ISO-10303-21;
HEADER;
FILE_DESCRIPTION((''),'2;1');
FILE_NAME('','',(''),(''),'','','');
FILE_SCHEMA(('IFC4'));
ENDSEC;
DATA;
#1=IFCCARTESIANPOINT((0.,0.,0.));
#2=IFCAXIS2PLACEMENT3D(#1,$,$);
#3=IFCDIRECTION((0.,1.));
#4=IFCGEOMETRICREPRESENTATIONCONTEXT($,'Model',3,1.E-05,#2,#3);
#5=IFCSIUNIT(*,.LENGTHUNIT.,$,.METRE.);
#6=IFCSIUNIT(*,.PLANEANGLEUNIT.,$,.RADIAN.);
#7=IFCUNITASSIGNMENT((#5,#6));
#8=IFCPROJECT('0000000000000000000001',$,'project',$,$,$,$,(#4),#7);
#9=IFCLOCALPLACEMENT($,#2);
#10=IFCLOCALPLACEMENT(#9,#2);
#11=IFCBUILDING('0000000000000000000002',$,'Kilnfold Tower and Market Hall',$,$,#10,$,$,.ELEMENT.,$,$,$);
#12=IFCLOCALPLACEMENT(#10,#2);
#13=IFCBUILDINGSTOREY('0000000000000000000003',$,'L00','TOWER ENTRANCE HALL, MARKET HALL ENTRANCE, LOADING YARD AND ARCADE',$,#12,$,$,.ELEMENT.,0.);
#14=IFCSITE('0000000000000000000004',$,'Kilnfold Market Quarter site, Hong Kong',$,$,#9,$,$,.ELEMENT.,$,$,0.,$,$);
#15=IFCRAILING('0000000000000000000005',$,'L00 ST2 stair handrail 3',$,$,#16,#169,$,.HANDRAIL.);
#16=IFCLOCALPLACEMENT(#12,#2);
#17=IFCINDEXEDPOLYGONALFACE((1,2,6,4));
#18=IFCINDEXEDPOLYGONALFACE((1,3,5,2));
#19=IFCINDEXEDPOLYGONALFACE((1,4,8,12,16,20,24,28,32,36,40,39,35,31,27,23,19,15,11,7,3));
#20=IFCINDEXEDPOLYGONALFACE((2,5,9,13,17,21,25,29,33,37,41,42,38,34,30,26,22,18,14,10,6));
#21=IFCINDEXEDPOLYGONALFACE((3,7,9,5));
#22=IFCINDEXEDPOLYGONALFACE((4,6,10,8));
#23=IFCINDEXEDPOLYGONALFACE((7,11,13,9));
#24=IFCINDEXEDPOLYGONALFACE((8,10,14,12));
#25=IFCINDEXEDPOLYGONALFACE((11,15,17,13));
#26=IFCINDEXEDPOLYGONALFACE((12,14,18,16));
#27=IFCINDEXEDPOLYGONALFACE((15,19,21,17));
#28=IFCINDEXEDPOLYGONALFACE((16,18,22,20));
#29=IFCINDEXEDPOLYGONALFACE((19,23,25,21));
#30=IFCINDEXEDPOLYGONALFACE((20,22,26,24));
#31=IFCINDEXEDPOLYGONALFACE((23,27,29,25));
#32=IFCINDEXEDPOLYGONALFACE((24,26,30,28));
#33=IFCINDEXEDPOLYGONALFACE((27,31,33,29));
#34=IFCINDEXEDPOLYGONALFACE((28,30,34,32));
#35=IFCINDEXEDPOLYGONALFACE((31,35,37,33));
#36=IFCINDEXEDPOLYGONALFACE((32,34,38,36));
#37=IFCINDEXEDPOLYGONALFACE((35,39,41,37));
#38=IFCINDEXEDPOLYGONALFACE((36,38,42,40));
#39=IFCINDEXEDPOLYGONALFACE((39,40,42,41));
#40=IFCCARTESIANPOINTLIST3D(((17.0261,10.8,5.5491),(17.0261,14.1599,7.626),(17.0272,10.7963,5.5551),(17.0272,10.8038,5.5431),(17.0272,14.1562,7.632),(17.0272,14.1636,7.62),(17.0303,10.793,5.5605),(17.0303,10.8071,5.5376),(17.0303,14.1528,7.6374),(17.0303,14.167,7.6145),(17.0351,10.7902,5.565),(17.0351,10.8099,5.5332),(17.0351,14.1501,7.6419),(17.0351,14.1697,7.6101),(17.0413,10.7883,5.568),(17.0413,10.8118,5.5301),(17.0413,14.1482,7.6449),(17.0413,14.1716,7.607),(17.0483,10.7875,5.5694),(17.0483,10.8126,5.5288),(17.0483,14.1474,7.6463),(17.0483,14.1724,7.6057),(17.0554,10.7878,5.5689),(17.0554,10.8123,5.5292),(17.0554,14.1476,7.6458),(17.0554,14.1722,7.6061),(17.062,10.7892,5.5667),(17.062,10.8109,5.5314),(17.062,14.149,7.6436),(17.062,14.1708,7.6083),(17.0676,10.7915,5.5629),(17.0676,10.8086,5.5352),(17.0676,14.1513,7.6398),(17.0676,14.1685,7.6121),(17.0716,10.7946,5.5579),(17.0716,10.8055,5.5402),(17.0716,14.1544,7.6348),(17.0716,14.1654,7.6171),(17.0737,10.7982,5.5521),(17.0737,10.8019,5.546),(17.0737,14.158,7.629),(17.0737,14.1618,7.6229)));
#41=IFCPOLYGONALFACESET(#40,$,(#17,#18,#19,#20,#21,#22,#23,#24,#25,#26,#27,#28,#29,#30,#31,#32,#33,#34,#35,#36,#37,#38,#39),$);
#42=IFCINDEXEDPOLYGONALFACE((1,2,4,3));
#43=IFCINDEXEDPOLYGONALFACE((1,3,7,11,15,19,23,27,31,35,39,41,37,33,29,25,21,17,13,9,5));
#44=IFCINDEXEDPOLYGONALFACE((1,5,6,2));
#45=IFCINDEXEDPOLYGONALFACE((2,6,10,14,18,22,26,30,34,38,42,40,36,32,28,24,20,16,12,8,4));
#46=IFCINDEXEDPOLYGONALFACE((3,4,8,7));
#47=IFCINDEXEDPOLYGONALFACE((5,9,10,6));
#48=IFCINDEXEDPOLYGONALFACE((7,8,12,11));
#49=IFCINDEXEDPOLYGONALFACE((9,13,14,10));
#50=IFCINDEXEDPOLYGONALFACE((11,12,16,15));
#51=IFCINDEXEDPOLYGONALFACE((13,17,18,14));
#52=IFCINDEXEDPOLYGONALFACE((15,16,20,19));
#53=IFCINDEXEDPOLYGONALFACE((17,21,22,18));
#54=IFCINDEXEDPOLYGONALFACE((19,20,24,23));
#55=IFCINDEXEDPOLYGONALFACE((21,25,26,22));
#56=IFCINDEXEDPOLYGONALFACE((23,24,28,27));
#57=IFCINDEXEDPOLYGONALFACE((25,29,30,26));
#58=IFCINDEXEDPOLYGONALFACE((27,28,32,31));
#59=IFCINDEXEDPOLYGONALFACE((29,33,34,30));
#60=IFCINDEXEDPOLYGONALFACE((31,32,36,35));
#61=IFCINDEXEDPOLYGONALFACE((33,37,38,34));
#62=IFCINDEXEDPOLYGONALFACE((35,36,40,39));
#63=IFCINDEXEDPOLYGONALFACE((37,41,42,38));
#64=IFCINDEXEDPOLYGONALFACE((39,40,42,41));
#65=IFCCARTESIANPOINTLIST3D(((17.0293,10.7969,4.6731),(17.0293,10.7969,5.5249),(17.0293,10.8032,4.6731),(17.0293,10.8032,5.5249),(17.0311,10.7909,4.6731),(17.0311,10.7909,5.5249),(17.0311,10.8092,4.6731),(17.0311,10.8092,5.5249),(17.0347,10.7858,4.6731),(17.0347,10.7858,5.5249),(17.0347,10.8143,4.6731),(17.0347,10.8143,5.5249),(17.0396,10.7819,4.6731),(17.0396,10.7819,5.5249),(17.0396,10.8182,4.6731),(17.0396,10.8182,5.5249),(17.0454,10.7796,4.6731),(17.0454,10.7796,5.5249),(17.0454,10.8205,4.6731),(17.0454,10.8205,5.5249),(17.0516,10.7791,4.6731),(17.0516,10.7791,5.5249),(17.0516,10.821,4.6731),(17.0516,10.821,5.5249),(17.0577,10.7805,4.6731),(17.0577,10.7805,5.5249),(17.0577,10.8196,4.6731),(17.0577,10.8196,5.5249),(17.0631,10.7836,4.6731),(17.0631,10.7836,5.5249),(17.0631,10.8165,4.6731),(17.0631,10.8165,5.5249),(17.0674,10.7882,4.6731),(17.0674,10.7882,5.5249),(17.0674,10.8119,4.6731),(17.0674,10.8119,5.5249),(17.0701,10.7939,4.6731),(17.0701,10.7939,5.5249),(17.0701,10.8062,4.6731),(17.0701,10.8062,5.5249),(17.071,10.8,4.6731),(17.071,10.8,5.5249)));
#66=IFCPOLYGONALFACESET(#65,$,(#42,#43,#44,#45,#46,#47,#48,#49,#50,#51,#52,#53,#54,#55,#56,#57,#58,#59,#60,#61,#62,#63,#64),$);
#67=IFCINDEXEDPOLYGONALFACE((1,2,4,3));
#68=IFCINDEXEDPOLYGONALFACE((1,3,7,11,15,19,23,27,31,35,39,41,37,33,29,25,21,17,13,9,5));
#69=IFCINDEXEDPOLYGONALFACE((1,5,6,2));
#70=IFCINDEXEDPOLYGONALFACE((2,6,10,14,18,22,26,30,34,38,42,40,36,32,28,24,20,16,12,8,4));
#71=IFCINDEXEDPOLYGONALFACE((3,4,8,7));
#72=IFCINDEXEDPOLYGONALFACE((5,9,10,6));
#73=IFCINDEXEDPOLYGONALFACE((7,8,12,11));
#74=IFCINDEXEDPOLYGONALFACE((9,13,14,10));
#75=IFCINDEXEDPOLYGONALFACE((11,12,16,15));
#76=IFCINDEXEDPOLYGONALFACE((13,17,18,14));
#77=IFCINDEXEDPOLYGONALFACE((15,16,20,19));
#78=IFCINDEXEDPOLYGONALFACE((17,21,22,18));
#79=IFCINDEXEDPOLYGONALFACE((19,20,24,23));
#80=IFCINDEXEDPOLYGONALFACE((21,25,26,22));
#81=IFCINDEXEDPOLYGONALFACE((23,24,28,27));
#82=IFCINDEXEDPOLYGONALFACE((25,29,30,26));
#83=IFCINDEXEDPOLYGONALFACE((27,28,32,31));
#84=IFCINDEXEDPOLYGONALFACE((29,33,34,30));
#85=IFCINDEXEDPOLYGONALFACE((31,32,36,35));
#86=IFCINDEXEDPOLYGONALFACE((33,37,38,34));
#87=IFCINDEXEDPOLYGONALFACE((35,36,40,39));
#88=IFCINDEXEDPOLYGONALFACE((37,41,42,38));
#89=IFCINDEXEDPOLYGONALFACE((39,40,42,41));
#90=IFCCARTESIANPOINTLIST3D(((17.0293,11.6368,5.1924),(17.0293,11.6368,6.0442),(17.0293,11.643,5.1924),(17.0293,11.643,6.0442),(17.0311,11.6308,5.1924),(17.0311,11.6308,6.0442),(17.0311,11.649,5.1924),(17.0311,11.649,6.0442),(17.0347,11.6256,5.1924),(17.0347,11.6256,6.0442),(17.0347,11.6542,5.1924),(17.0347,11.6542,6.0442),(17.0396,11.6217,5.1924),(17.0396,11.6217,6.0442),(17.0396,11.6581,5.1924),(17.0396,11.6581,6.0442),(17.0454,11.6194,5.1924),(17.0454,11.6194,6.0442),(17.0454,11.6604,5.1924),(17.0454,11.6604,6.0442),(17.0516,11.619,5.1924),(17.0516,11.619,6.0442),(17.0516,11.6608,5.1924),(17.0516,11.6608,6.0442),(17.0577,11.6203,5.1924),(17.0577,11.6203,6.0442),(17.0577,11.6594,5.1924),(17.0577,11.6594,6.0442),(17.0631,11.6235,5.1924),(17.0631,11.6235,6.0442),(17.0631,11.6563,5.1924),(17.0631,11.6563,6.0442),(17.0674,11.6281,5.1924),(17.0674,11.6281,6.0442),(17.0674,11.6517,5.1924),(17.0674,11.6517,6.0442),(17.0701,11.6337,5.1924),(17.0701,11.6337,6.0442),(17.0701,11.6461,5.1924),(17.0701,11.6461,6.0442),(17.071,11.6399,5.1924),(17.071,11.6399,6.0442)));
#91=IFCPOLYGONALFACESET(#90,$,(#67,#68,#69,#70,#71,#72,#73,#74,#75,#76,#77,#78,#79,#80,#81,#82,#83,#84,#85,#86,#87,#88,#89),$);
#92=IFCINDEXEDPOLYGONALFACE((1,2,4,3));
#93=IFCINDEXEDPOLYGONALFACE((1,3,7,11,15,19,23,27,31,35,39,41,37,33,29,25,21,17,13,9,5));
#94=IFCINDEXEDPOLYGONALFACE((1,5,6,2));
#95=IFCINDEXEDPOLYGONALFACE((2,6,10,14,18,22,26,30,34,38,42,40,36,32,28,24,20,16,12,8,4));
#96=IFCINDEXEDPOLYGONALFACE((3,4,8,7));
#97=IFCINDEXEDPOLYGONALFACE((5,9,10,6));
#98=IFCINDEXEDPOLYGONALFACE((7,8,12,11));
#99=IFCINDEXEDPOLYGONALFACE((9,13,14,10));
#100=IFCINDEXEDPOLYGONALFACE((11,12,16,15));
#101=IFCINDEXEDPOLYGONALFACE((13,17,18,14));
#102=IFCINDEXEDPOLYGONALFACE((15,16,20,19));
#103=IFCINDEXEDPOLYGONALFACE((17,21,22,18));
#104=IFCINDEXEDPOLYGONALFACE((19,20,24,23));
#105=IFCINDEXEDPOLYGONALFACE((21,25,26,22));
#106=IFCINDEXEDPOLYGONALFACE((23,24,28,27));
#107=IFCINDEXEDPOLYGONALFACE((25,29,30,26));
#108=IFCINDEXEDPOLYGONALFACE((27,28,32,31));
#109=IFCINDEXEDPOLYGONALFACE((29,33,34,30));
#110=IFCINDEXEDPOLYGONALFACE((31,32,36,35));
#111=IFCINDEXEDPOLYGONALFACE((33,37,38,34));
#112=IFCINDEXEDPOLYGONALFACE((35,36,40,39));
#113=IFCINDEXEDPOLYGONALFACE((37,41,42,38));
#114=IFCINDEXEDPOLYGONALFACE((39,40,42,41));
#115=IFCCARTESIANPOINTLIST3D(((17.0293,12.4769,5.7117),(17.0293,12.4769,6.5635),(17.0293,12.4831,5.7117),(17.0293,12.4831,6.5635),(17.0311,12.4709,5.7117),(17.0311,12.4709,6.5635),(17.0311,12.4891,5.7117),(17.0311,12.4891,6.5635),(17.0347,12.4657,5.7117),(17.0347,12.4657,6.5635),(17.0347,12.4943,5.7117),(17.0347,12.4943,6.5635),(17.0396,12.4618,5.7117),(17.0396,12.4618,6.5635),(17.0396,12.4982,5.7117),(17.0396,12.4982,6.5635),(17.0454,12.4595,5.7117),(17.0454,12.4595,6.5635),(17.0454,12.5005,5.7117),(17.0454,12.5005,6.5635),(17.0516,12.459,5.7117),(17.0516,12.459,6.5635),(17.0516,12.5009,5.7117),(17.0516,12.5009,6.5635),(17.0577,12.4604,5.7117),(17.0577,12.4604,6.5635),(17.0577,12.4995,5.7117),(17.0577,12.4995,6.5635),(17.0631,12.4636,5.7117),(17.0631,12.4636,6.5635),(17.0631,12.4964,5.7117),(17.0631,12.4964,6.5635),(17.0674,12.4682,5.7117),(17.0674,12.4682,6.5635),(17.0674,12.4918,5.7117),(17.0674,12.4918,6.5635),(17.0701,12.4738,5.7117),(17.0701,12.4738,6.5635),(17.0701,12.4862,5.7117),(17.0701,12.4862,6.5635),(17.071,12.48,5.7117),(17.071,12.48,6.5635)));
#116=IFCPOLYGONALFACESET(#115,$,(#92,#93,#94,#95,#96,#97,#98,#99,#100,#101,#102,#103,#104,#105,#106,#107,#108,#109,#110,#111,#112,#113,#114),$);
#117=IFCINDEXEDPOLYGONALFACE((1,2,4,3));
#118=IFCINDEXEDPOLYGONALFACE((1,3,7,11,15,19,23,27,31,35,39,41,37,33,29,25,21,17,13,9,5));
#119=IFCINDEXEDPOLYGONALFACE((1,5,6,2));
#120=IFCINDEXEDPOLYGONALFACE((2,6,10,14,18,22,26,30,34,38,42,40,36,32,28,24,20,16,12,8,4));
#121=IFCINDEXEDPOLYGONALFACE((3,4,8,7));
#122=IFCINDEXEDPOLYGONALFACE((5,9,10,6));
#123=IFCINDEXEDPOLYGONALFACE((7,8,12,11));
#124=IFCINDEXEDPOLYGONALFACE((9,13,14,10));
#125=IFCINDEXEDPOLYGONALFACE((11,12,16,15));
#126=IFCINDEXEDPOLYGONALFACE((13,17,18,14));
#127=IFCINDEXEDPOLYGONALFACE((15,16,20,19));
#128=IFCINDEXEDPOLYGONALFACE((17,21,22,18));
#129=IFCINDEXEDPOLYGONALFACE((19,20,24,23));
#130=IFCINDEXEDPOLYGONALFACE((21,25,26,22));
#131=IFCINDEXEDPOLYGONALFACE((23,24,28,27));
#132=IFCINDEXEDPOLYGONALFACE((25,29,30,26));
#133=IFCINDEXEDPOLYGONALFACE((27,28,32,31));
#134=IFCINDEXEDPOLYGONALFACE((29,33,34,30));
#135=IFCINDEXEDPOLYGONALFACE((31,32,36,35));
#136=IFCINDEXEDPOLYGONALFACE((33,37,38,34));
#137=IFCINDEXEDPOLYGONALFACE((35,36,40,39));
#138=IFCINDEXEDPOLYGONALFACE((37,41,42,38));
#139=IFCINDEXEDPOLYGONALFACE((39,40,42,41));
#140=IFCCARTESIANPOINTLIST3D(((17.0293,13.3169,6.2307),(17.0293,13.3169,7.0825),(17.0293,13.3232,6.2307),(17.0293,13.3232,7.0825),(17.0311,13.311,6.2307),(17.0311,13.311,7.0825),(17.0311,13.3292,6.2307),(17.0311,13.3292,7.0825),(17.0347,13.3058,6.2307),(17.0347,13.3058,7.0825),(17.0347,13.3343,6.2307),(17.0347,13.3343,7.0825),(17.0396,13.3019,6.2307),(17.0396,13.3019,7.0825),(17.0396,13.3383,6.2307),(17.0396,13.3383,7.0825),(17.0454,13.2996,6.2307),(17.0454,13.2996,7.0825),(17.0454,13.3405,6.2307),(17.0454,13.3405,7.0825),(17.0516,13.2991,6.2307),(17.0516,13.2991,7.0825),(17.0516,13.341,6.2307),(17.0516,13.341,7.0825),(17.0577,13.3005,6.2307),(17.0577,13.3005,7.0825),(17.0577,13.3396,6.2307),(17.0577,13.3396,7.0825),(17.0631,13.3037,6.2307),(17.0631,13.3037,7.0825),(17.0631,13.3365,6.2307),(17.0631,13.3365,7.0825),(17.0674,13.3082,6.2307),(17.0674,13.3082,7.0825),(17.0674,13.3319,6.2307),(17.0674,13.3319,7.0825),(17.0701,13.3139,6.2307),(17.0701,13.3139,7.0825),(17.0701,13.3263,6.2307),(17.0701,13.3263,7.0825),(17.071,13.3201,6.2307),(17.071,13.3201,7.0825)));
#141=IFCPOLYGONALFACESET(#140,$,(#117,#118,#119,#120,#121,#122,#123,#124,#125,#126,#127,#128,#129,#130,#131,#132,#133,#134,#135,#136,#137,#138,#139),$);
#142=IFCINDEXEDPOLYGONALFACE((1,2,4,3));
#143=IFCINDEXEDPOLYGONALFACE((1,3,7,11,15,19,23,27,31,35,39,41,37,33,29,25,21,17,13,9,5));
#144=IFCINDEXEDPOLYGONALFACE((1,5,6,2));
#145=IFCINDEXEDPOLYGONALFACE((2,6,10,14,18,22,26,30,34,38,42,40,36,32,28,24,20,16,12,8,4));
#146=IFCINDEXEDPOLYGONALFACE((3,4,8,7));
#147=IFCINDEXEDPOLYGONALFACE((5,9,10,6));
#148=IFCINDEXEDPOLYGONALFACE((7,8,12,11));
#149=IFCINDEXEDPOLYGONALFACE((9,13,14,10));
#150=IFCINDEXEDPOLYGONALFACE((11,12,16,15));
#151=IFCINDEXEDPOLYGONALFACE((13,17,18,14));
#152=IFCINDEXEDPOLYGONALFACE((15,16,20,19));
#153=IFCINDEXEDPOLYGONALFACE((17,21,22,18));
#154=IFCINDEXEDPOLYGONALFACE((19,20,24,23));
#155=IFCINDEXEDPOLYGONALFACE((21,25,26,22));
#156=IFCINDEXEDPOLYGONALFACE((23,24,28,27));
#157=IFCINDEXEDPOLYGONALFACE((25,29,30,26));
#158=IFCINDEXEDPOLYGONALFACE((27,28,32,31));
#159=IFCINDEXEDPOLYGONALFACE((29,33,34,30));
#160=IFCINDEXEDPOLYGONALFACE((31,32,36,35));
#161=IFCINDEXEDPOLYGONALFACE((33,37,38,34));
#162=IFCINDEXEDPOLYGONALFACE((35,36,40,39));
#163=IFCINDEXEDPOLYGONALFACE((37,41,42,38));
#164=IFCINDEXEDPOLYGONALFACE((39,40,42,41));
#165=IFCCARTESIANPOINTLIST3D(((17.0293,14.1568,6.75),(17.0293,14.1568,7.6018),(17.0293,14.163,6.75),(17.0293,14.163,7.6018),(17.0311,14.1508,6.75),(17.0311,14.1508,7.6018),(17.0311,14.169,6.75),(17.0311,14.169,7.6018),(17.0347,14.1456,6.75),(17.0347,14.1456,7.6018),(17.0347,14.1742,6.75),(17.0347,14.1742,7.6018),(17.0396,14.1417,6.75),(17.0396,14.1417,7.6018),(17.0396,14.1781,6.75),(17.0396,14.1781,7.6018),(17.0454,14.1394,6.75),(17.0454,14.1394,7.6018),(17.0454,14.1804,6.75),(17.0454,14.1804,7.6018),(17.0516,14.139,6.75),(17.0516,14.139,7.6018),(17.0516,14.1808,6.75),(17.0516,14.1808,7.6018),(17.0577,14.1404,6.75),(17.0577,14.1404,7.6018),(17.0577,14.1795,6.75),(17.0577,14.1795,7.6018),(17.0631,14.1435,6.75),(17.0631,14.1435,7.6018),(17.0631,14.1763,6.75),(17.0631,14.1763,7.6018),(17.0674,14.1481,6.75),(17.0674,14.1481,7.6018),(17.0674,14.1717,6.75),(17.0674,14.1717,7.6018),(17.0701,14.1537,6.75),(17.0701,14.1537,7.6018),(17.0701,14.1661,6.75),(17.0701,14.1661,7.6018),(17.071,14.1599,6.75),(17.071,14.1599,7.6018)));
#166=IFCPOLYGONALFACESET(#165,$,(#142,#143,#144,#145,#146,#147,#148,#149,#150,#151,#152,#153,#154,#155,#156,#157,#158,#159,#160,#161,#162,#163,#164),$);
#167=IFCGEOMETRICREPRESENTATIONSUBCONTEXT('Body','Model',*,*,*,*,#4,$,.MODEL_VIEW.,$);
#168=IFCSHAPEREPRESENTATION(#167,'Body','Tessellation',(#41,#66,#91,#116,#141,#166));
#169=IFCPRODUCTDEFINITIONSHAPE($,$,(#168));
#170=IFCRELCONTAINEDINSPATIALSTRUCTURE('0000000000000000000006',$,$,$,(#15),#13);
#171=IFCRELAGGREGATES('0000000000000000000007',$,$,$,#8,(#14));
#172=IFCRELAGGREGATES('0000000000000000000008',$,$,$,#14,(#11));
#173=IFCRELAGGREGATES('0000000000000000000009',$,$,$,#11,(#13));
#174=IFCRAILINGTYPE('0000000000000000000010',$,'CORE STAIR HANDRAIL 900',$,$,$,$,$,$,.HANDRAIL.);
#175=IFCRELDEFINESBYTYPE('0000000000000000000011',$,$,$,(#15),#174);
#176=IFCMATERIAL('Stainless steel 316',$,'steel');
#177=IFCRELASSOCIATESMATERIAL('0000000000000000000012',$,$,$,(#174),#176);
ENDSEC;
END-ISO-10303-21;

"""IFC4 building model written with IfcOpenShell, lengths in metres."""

from ifc_helpers import new_model, si_unit, direction, frame, origin, origin_2d, place, context, subcontext, project, spatial, circle, extrude, material, type_object, element, save


model = new_model("IFC4")

# Units and contexts
model_context = context("Model", 3, precision=1e-05, world=origin(), true_north=direction((0.0, 1.0)))
body_context = subcontext(model_context, "Body", "Model", "MODEL_VIEW")
ifc_project = project(units=[si_unit("LENGTHUNIT", "METRE"), si_unit("PLANEANGLEUNIT", "RADIAN")], contexts=[model_context])

# Site, building, storey
site_placement = place(None, origin())
site = spatial("IfcSite", under=ifc_project, at=site_placement, Name="Kilnfold Market Quarter site, Hong Kong", CompositionType="ELEMENT", RefElevation=0.0)
building_placement = place(site_placement, origin())
building = spatial("IfcBuilding", under=site, at=building_placement, Name="Kilnfold Tower and Market Hall", CompositionType="ELEMENT")
storey_placement = place(building_placement, origin())
storey = spatial("IfcBuildingStorey", under=building, at=storey_placement, Name="L00", Description="TOWER ENTRANCE HALL, MARKET HALL ENTRANCE, LOADING YARD AND ARCADE", CompositionType="ELEMENT", Elevation=0.0)

# Railing
ifc_material_1 = material(Name="Stainless steel 316", Category="steel")
railing_type_1 = type_object("IfcRailingType", Name="CORE STAIR HANDRAIL 900", PredefinedType="HANDRAIL", material=ifc_material_1)
railing_1_placement = place(storey_placement, frame((17.05, 10.8, 4.6731)))
element("IfcRailing", 1, at=railing_1_placement, inside=storey, type_object=railing_type_1, Name="L00 ST2 stair handrail 3", PredefinedType="HANDRAIL", context=body_context, shape_type="SweptSolid", body=[
    extrude(circle(Radius=0.0239, at=origin_2d()), frame((0.0, 0.0, 0.876), z_axis=(0.0, 0.850606, 0.525803), x_axis=(-1.0, 0.0, 0.0)), (0.0, 0.0, 1.0), 3.95),
    extrude(circle(Radius=0.021, at=origin_2d()), origin(), (0.0, 0.0, 1.0), 0.8518),
    extrude(circle(Radius=0.021, at=origin_2d()), frame((0.0, 0.8398, 0.5193)), (0.0, 0.0, 1.0), 0.8518),
    extrude(circle(Radius=0.021, at=origin_2d()), frame((0.0, 1.6799, 1.0386)), (0.0, 0.0, 1.0), 0.8518),
    extrude(circle(Radius=0.021, at=origin_2d()), frame((0.0, 2.52, 1.5576)), (0.0, 0.0, 1.0), 0.8518),
    extrude(circle(Radius=0.021, at=origin_2d()), frame((0.0, 3.3599, 2.0769)), (0.0, 0.0, 1.0), 0.8518),
])

save(model, "model.ifc")
